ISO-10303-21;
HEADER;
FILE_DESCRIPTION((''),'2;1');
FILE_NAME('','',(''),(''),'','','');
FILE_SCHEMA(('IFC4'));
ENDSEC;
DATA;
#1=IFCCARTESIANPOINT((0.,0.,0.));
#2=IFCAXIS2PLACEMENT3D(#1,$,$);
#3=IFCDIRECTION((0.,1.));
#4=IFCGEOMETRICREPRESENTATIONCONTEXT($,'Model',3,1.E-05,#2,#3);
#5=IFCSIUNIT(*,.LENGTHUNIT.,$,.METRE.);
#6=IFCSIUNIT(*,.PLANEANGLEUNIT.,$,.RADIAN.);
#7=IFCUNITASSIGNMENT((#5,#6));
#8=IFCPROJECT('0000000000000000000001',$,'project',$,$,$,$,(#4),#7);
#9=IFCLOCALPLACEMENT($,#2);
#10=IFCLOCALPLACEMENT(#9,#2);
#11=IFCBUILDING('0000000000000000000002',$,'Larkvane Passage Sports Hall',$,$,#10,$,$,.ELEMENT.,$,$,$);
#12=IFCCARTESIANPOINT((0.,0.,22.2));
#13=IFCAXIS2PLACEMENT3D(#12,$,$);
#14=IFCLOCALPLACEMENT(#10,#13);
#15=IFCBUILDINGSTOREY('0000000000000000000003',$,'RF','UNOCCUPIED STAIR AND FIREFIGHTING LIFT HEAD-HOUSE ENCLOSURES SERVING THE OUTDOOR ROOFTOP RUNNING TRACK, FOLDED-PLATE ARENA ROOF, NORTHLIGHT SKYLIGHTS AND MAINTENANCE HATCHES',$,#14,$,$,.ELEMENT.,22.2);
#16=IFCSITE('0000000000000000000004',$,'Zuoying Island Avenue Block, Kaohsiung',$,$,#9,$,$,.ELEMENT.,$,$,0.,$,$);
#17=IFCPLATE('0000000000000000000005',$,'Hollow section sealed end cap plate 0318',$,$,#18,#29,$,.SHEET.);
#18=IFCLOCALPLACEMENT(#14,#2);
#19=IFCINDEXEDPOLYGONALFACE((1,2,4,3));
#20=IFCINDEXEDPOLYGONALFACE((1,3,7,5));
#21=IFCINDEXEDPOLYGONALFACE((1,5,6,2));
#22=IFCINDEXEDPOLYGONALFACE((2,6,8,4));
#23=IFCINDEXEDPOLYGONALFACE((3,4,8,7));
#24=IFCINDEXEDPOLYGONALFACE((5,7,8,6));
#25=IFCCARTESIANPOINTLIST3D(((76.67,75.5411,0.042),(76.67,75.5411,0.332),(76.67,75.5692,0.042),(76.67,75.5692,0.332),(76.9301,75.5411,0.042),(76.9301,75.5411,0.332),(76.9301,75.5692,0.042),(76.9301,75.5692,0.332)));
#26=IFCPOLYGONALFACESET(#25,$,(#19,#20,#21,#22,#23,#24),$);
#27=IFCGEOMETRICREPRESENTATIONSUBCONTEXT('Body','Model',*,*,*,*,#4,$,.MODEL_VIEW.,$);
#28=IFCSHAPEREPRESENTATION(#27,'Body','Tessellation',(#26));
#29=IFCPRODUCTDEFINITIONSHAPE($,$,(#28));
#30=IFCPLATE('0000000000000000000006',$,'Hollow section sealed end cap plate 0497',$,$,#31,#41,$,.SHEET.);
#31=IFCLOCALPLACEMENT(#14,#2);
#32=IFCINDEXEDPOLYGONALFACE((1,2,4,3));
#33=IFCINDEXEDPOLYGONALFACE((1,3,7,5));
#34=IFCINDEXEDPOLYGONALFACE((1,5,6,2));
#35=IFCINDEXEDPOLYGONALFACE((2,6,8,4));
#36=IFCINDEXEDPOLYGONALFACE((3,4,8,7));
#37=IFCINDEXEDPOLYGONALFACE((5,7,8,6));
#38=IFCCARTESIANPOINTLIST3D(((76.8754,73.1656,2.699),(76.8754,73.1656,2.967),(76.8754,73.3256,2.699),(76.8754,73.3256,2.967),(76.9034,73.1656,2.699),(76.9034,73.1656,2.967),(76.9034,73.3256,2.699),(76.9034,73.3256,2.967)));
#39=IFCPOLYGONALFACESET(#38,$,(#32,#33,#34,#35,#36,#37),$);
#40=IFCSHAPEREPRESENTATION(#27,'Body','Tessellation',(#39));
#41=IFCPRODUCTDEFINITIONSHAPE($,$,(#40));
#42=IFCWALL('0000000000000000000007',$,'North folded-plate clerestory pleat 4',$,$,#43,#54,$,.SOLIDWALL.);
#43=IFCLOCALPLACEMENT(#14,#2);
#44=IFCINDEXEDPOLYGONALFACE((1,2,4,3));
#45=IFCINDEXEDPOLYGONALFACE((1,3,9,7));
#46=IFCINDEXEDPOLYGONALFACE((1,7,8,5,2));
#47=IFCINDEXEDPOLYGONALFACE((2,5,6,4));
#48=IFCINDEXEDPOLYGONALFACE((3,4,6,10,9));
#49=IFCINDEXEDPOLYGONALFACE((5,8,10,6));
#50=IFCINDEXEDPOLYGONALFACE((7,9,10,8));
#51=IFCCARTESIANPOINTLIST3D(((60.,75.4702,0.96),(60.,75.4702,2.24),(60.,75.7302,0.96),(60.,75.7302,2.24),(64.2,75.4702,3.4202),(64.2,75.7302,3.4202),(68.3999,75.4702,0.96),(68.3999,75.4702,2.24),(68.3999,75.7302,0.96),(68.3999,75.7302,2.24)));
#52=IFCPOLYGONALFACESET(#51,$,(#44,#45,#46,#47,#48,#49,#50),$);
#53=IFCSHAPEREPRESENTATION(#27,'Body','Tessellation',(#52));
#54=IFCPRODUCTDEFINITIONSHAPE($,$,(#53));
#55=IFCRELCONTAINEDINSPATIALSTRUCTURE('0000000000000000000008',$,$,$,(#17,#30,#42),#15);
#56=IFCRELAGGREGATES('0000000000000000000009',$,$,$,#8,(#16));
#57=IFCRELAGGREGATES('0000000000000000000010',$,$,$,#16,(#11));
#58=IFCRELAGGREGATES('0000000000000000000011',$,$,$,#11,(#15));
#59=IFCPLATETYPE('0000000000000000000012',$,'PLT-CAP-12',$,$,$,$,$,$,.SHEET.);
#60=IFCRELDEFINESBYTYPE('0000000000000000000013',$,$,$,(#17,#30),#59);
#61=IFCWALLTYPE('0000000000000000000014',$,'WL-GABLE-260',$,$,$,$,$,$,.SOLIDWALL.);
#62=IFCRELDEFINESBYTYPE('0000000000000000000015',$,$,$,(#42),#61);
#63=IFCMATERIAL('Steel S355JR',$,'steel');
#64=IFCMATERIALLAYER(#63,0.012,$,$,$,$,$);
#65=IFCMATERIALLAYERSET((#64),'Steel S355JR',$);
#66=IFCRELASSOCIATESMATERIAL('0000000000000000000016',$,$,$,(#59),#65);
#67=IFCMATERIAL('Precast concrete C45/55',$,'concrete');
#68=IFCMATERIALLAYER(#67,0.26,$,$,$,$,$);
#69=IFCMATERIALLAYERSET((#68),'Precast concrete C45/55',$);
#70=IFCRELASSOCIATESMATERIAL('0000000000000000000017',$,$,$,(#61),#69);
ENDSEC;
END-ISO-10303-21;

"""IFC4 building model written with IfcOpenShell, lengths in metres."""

from ifc_helpers import new_model, si_unit, direction, frame, origin, origin_2d, place, context, subcontext, project, spatial, polyline, rectangle, outline, extrude, material, layer, layer_set, type_object, element, save


model = new_model("IFC4")

# Units and contexts
model_context = context("Model", 3, precision=1e-05, world=origin(), true_north=direction((0.0, 1.0)))
body_context = subcontext(model_context, "Body", "Model", "MODEL_VIEW")
ifc_project = project(units=[si_unit("LENGTHUNIT", "METRE"), si_unit("PLANEANGLEUNIT", "RADIAN")], contexts=[model_context])

# Site, building, storey
site_placement = place(None, origin())
site = spatial("IfcSite", under=ifc_project, at=site_placement, Name="Zuoying Island Avenue Block, Kaohsiung", CompositionType="ELEMENT", RefElevation=0.0)
building_placement = place(site_placement, origin())
building = spatial("IfcBuilding", under=site, at=building_placement, Name="Larkvane Passage Sports Hall", CompositionType="ELEMENT")
storey_placement = place(building_placement, frame((0.0, 0.0, 22.2)))
storey = spatial("IfcBuildingStorey", under=building, at=storey_placement, Name="RF", Description="UNOCCUPIED STAIR AND FIREFIGHTING LIFT HEAD-HOUSE ENCLOSURES SERVING THE OUTDOOR ROOFTOP RUNNING TRACK, FOLDED-PLATE ARENA ROOF, NORTHLIGHT SKYLIGHTS AND MAINTENANCE HATCHES", CompositionType="ELEMENT", Elevation=22.2)

# Shared definitions
ifc_material_1 = material(Name="Steel S355JR", Category="steel")

# Plates
ifc_layer_1 = layer(ifc_material_1, 0.012)
ifc_layer_set_1 = layer_set([ifc_layer_1], Name="Steel S355JR")
plate_type_1 = type_object("IfcPlateType", Name="PLT-CAP-12", PredefinedType="SHEET", material=ifc_layer_set_1)
plate_1_placement = place(storey_placement, frame((76.8, 75.5552, 0.042), z_axis=(0.0, 0.0, 1.0), x_axis=(-1.0, 0.0, 0.0)))
element("IfcPlate", 1, at=plate_1_placement, inside=storey, type_object=plate_type_1, Name="Hollow section sealed end cap plate 0318", PredefinedType="SHEET", context=body_context, shape_type="SweptSolid", body=[
    extrude(rectangle(XDim=0.26, YDim=0.0281, at=origin_2d()), origin(), (0.0, 0.0, 1.0), 0.29),
])
plate_2_placement = place(storey_placement, frame((76.8894, 73.2456, 2.699), z_axis=(0.0, 0.0, 1.0), x_axis=(0.0, 1.0, 0.0)))
element("IfcPlate", 2, at=plate_2_placement, inside=storey, type_object=plate_type_1, Name="Hollow section sealed end cap plate 0497", PredefinedType="SHEET", context=body_context, shape_type="SweptSolid", body=[
    extrude(rectangle(XDim=0.1599, YDim=0.0281, at=origin_2d()), origin(), (0.0, 0.0, 1.0), 0.2681),
])

# Wall
ifc_material_2 = material(Name="Precast concrete C45/55", Category="concrete")
ifc_layer_2 = layer(ifc_material_2, 0.26)
ifc_layer_set_2 = layer_set([ifc_layer_2], Name="Precast concrete C45/55")
wall_type = type_object("IfcWallType", Name="WL-GABLE-260", PredefinedType="SOLIDWALL", material=ifc_layer_set_2)
wall_placement = place(storey_placement, frame((68.3999, 75.6001, 0.96), z_axis=(0.0, 0.0, 1.0), x_axis=(-1.0, 0.0, 0.0)))
element("IfcWall", 3, at=wall_placement, inside=storey, type_object=wall_type, Name="North folded-plate clerestory pleat 4", PredefinedType="SOLIDWALL", context=body_context, shape_type="SweptSolid", body=[
    extrude(outline(polyline([(0.0, 0.0), (8.3999, 0.0), (8.3999, 1.28), (4.2, 2.4602), (0.0, 1.28), (0.0, 0.0)])), frame((0.0, 0.1299, 0.0), z_axis=(0.0, -1.0, 0.0), x_axis=(1.0, 0.0, 0.0)), (0.0, 0.0, 1.0), 0.26),
])

save(model, "model.ifc")
